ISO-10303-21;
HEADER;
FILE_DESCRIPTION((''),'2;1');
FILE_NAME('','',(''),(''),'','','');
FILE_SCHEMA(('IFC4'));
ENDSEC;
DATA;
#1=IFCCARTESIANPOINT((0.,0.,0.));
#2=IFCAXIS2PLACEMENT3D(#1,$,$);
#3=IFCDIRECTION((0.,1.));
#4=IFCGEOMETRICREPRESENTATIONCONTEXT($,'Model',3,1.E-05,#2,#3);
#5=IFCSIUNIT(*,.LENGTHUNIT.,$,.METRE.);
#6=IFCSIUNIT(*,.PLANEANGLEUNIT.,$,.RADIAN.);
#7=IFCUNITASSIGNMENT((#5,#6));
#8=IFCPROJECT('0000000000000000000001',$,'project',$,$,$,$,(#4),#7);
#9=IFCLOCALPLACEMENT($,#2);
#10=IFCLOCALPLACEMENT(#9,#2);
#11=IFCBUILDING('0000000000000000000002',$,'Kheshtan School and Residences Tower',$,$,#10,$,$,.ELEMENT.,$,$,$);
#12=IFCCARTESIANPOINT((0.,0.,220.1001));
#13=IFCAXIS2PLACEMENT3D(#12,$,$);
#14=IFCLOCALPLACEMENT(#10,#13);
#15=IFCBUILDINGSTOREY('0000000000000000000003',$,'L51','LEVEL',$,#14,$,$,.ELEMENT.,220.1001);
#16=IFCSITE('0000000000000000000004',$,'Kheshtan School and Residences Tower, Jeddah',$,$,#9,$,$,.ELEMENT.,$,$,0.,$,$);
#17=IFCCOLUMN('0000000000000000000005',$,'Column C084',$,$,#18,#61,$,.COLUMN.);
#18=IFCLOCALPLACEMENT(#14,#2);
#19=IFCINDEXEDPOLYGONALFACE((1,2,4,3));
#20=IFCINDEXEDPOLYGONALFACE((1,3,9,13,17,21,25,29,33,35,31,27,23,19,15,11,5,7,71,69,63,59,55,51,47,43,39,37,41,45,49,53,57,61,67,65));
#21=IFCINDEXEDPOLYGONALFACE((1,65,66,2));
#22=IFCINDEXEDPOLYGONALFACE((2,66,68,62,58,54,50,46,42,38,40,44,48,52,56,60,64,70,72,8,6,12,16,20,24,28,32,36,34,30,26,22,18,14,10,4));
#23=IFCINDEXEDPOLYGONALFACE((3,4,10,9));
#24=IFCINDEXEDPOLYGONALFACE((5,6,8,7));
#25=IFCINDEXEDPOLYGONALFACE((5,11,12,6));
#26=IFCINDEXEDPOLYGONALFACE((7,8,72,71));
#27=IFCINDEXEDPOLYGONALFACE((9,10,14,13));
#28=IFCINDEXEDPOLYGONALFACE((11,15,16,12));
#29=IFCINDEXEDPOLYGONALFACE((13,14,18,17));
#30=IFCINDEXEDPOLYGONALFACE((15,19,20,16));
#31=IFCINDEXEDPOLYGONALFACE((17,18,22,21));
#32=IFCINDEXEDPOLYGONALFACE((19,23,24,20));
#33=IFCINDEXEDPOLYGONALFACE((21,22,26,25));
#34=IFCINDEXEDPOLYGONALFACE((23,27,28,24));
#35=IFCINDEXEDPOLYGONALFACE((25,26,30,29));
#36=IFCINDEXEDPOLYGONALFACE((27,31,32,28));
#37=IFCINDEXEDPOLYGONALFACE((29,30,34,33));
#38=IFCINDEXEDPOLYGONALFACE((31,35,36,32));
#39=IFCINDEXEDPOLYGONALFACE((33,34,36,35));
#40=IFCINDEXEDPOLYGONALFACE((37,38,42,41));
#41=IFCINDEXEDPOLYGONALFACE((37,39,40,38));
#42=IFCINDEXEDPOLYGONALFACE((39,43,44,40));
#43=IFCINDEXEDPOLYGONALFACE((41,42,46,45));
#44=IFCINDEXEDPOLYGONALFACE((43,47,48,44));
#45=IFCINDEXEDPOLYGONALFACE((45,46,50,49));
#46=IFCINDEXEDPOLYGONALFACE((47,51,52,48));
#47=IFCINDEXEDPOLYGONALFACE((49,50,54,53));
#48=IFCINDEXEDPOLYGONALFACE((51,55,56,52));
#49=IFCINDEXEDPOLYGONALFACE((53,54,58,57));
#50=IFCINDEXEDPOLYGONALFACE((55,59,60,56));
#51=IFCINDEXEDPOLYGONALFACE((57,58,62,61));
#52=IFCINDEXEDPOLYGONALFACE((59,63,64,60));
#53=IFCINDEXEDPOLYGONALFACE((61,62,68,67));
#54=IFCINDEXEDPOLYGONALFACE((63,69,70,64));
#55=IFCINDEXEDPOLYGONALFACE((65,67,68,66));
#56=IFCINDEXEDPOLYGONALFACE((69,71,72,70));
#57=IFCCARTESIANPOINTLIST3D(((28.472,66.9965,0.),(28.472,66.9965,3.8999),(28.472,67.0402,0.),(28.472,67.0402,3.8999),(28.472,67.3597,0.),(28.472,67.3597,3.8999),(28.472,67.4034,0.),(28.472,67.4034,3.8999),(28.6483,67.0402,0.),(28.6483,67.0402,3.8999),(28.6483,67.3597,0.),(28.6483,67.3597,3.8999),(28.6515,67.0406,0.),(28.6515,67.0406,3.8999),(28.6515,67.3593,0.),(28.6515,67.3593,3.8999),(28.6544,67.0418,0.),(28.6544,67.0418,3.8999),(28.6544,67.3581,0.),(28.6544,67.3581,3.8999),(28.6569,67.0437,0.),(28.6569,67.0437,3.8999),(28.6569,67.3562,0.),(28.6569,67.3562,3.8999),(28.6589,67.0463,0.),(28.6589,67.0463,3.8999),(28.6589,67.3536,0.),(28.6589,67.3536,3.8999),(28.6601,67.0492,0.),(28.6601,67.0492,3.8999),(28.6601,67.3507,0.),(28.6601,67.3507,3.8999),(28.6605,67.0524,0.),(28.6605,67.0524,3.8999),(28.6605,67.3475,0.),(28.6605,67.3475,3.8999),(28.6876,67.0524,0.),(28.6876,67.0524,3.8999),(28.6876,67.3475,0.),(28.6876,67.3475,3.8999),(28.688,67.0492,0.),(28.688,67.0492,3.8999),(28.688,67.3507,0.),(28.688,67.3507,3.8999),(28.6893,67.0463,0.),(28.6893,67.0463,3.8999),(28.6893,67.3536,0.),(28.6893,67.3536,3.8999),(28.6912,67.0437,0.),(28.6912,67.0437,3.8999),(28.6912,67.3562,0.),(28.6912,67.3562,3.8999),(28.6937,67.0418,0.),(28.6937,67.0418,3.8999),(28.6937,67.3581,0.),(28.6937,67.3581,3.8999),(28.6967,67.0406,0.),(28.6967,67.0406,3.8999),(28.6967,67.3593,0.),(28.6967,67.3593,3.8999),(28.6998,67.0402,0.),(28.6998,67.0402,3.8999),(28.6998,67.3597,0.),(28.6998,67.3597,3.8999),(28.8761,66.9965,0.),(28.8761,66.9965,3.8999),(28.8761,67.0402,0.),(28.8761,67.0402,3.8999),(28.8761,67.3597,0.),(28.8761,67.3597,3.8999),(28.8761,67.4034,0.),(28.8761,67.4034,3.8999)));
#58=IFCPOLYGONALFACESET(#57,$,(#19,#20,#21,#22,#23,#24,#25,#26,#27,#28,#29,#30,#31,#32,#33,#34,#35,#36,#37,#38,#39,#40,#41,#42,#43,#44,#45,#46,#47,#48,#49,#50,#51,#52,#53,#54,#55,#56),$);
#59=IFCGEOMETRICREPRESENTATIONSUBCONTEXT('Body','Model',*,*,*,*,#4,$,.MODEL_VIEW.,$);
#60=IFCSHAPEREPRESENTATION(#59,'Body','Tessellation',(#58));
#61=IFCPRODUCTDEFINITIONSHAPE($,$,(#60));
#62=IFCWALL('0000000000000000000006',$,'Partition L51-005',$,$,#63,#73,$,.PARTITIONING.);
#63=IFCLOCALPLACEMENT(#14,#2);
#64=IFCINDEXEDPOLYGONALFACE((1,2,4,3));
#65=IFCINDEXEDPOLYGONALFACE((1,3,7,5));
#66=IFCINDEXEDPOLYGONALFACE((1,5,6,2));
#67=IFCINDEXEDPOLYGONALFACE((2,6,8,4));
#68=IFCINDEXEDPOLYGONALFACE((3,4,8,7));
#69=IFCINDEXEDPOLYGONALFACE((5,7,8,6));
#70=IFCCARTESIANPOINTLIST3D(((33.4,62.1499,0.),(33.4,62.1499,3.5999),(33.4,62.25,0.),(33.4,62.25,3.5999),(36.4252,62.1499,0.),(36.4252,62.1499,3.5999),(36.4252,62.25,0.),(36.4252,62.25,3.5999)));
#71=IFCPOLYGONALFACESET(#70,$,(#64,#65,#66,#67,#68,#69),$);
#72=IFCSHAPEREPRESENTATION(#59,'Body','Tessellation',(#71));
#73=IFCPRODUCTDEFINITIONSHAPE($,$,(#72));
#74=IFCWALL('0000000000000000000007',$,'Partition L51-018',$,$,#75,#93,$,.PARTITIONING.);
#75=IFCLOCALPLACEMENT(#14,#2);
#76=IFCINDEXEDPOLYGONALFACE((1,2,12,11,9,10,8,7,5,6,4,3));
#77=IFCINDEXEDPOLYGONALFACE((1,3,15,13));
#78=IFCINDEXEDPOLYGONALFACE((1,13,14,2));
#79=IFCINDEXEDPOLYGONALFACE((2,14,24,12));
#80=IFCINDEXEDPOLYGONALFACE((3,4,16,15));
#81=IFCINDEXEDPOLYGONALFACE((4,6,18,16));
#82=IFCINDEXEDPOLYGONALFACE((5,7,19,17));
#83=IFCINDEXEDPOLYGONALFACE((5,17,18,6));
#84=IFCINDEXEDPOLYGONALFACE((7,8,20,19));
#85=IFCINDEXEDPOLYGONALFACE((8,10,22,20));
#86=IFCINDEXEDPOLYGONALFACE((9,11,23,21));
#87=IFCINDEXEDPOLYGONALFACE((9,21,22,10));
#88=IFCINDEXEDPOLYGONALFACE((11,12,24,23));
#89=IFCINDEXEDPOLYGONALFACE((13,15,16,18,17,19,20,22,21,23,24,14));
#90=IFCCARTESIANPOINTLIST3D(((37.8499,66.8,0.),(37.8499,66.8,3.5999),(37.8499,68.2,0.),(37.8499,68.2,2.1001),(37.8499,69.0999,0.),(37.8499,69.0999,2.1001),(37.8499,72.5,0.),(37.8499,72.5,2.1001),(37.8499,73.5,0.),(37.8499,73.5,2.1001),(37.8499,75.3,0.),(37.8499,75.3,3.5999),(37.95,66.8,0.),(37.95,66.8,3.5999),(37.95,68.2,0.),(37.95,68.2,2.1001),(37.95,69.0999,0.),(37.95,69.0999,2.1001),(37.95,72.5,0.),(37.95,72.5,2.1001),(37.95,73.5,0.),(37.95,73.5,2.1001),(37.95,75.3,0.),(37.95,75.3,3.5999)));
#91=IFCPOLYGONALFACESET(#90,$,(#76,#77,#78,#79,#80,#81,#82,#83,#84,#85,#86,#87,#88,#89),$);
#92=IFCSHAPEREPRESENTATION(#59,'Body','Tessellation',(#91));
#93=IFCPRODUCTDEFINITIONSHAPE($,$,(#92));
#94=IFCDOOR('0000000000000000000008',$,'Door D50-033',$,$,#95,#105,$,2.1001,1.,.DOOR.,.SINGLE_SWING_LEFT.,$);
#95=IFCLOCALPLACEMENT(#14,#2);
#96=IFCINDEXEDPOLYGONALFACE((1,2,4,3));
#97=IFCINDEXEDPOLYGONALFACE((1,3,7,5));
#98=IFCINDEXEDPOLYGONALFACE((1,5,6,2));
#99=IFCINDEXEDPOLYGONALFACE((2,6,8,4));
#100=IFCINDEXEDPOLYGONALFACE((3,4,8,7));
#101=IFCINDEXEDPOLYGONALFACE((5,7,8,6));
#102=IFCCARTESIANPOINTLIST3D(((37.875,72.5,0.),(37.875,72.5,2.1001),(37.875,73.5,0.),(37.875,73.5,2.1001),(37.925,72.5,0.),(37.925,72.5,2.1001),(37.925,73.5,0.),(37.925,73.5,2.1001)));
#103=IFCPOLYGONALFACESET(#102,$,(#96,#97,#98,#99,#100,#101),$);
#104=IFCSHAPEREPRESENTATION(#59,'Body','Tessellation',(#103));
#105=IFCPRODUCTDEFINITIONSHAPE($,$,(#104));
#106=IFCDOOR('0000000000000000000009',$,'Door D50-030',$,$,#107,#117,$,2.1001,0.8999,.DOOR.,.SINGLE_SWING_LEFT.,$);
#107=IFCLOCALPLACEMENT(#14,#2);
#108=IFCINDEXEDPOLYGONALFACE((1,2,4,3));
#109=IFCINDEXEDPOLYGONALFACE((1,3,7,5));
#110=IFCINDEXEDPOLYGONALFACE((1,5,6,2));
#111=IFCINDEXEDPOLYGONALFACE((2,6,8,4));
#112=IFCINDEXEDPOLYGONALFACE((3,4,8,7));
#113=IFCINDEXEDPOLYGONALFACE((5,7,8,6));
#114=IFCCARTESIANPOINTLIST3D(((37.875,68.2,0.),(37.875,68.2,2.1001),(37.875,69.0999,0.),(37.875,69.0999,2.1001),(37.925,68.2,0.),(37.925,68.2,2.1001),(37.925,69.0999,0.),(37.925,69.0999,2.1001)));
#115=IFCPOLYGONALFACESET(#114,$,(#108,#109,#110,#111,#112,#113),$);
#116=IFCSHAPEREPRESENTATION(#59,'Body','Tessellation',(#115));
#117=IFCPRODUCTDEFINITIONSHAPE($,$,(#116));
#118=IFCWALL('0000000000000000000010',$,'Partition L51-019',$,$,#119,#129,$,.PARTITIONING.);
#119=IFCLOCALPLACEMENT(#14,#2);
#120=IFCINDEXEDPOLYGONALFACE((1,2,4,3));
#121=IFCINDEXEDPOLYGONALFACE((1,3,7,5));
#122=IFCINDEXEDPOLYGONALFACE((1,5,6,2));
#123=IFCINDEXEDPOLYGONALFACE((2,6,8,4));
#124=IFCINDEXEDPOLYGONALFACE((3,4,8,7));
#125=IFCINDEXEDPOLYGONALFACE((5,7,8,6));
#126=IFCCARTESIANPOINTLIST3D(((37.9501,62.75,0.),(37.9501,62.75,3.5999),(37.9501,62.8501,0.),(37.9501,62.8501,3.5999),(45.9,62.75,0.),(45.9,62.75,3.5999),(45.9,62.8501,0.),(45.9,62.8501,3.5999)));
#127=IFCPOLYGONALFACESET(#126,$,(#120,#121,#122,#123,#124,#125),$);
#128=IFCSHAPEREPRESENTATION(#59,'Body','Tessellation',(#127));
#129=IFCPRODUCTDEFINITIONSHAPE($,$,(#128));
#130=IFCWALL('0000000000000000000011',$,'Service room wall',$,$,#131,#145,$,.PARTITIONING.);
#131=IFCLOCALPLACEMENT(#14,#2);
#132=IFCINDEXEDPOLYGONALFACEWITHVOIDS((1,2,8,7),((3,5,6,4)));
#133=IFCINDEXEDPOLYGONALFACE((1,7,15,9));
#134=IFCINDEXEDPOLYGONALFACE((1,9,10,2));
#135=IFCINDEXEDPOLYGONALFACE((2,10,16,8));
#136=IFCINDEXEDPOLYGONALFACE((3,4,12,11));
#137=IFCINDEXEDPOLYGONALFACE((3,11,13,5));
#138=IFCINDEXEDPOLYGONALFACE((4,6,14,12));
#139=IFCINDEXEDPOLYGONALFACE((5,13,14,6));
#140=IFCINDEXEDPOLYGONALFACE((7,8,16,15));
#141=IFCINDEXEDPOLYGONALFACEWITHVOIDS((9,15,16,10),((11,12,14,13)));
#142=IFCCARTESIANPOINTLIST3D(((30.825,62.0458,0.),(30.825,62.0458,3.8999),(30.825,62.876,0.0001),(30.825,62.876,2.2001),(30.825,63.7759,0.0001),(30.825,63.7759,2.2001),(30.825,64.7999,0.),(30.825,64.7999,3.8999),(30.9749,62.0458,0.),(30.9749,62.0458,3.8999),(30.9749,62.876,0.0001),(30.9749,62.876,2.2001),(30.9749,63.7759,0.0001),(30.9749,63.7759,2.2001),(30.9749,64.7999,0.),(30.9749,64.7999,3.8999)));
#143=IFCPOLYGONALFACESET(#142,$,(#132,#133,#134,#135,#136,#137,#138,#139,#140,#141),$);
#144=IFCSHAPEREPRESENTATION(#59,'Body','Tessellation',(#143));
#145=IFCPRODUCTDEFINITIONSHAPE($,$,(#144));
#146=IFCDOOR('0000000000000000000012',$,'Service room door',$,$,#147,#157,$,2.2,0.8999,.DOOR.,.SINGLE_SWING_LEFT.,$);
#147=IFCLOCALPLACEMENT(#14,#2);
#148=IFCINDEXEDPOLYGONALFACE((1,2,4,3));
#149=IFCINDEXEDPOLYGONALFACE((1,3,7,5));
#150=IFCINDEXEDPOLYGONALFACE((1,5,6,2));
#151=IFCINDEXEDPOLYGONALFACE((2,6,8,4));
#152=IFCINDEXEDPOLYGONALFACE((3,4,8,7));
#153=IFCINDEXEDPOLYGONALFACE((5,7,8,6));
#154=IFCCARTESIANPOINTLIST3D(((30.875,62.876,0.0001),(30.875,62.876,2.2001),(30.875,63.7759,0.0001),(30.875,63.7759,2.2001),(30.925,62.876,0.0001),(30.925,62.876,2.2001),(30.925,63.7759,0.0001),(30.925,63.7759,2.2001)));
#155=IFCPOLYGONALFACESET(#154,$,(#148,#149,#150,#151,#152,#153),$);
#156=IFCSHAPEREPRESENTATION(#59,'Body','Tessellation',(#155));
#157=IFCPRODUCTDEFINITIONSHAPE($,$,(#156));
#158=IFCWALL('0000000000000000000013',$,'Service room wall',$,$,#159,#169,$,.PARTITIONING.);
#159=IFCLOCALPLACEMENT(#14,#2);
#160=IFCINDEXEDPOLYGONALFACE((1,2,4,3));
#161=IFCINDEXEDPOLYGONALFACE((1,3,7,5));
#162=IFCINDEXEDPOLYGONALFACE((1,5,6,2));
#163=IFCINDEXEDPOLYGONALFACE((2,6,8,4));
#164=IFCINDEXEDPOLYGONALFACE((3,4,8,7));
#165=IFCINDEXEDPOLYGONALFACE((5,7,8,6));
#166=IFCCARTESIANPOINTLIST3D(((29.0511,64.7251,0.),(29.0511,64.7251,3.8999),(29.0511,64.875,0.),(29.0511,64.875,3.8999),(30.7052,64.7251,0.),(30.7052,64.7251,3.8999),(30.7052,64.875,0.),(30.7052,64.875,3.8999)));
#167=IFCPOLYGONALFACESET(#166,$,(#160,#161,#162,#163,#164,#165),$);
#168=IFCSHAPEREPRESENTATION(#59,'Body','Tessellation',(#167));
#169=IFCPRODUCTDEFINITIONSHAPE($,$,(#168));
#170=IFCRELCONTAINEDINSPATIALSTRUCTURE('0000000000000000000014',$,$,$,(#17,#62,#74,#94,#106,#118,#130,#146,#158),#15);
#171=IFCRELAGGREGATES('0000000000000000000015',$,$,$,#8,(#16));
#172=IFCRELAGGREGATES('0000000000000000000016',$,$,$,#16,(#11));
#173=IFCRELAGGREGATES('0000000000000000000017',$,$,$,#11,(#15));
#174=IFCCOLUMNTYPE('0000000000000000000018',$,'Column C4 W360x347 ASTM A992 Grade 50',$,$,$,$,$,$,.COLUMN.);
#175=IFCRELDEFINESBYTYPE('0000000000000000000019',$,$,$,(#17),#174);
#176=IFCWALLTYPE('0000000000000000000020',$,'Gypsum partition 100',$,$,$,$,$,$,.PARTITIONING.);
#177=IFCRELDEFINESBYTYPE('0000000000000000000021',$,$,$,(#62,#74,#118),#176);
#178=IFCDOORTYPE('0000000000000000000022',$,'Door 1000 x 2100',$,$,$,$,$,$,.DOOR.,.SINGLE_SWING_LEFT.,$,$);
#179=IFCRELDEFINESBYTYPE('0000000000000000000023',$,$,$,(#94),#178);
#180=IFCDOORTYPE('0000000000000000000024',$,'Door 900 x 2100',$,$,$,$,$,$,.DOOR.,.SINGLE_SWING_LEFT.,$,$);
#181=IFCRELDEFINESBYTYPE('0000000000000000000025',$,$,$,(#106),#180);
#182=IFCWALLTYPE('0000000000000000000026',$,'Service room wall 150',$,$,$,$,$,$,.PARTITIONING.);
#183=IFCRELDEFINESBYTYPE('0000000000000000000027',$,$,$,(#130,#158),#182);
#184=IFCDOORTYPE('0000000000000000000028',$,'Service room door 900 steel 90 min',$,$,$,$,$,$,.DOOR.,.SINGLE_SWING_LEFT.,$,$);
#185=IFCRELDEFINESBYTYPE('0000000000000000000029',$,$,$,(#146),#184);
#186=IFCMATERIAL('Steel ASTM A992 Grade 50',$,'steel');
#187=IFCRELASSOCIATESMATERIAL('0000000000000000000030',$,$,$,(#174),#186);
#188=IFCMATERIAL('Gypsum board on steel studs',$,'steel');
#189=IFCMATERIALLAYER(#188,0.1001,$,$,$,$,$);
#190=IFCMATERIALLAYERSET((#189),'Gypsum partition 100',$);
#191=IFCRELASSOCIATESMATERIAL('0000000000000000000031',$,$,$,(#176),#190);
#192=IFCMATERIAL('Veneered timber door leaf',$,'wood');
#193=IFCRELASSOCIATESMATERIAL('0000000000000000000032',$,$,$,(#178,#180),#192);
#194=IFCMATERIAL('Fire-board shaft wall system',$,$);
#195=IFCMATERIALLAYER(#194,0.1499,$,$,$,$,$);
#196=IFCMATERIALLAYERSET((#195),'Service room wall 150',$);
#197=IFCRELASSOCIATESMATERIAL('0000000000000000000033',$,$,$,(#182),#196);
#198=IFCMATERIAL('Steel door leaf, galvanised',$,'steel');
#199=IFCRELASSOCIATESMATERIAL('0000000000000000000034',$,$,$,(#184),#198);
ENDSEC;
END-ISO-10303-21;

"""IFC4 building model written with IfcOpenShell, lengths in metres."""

from ifc_helpers import new_model, si_unit, direction, frame, frame_2d, origin, origin_2d, place, context, subcontext, project, spatial, rectangle, i_section, extrude, source, transform, mapped, material, layer, layer_set, material_profile, profile_set, type_object, element, fill, save


model = new_model("IFC4")

# Units and contexts
model_context = context("Model", 3, precision=1e-05, world=origin(), true_north=direction((0.0, 1.0)))
body_context = subcontext(model_context, "Body", "Model", "MODEL_VIEW")
ifc_project = project(units=[si_unit("LENGTHUNIT", "METRE"), si_unit("PLANEANGLEUNIT", "RADIAN")], contexts=[model_context])

# Site, building, storey
site_placement = place(None, origin())
site = spatial("IfcSite", under=ifc_project, at=site_placement, Name="Kheshtan School and Residences Tower, Jeddah", CompositionType="ELEMENT", RefElevation=0.0)
building_placement = place(site_placement, origin())
building = spatial("IfcBuilding", under=site, at=building_placement, Name="Kheshtan School and Residences Tower", CompositionType="ELEMENT")
storey_placement = place(building_placement, frame((0.0, 0.0, 220.1001)))
storey = spatial("IfcBuildingStorey", under=building, at=storey_placement, Name="L51", Description="LEVEL", CompositionType="ELEMENT", Elevation=220.1001)

# Column
ifc_material_1 = material(Name="Steel ASTM A992 Grade 50", Category="steel")
ifc_material_profile = material_profile(ifc_material_1, i_section(OverallWidth=0.4041, OverallDepth=0.407, WebThickness=0.0271, FlangeThickness=0.0437, FilletRadius=0.0122, at=origin_2d()), Name="W360x347")
ifc_profile_set = profile_set([ifc_material_profile], Name="Steel ASTM A992 Grade 50")
column_type = type_object("IfcColumnType", Name="Column C4 W360x347 ASTM A992 Grade 50", PredefinedType="COLUMN", material=ifc_profile_set)
column_placement = place(storey_placement, frame((28.6741, 67.2, 0.0), z_axis=(0.0, 0.0, 1.0), x_axis=(1.0, 0.0, 0.0)))
element("IfcColumn", 1, at=column_placement, inside=storey, type_object=column_type, Name="Column C084", PredefinedType="COLUMN", context=body_context, shape_type="SweptSolid", body=[
    extrude(i_section(OverallWidth=0.4041, OverallDepth=0.407, WebThickness=0.0271, FlangeThickness=0.0437, FilletRadius=0.0122, at=origin_2d()), origin(), (0.0, 0.0, 1.0), 3.8999),
])

# Wall
ifc_material_2 = material(Name="Gypsum board on steel studs", Category="steel")
ifc_layer_1 = layer(ifc_material_2, 0.1001)
ifc_layer_set_1 = layer_set([ifc_layer_1], Name="Gypsum partition 100")
wall_type_1 = type_object("IfcWallType", Name="Gypsum partition 100", PredefinedType="PARTITIONING", material=ifc_layer_set_1)
wall_1_placement = place(storey_placement, frame((33.3999, 62.2, 0.0), z_axis=(0.0, 0.0, 1.0), x_axis=(1.0, 0.0, 0.0)))
element("IfcWall", 2, at=wall_1_placement, inside=storey, type_object=wall_type_1, Name="Partition L51-005", PredefinedType="PARTITIONING", context=body_context, shape_type="SweptSolid", body=[
    extrude(rectangle(XDim=3.0251, YDim=0.1001, at=frame_2d((1.5127, 0.0))), origin(), (0.0, 0.0, 1.0), 3.5999),
])

# Wall, openings, doors
wall_2_placement = place(storey_placement, frame((37.8999, 66.8, 0.0), z_axis=(0.0, 0.0, 1.0), x_axis=(0.0, 1.0, 0.0)))
wall_2 = element("IfcWall", 3, at=wall_2_placement, inside=storey, type_object=wall_type_1, Name="Partition L51-018", PredefinedType="PARTITIONING", context=body_context, shape_type="SweptSolid", body=[
    extrude(rectangle(XDim=8.5, YDim=0.1001, at=frame_2d((4.25, 0.0))), origin(), (0.0, 0.0, 1.0), 3.5999),
])
opening_1_placement = place(wall_2_placement, frame((1.3999, 0.0, 0.0)))
opening_1 = element("IfcOpeningElement", 4, at=opening_1_placement, cuts=wall_2, PredefinedType="OPENING", context=body_context, shape_type="SweptSolid", body=[
    extrude(rectangle(XDim=0.8999, YDim=2.1001, at=frame_2d((0.45, 1.05))), frame((0.0, 0.0601, 0.0), z_axis=(0.0, -1.0, 0.0), x_axis=(1.0, 0.0, 0.0)), (0.0, 0.0, 1.0), 0.1201),
])
opening_2_placement = place(wall_2_placement, frame((5.7, 0.0, 0.0)))
opening_2 = element("IfcOpeningElement", 5, at=opening_2_placement, cuts=wall_2, PredefinedType="OPENING", context=body_context, shape_type="SweptSolid", body=[
    extrude(rectangle(XDim=1.0, YDim=2.1001, at=frame_2d((0.5, 1.05))), frame((0.0, 0.0601, 0.0), z_axis=(0.0, -1.0, 0.0), x_axis=(1.0, 0.0, 0.0)), (0.0, 0.0, 1.0), 0.1201),
])
ifc_material_3 = material(Name="Veneered timber door leaf", Category="wood")
door_type_1 = type_object("IfcDoorType", Name="Door 1000 x 2100", OperationType="SINGLE_SWING_LEFT", PredefinedType="DOOR", material=ifc_material_3)
shared_shape_1 = source(origin(), body_context, "Body", "SweptSolid", [
    extrude(rectangle(XDim=1.0, YDim=2.1001, at=frame_2d((0.5, 1.05))), frame((0.0, 0.0249, 0.0), z_axis=(0.0, -1.0, 0.0), x_axis=(1.0, 0.0, 0.0)), (0.0, 0.0, 1.0), 0.05),
])
door_1_placement = place(opening_2_placement, origin())
door_1 = element("IfcDoor", 6, at=door_1_placement, inside=storey, type_object=door_type_1, Name="Door D50-033", OperationType="SINGLE_SWING_LEFT", OverallHeight=2.1001, OverallWidth=1.0, PredefinedType="DOOR", context=body_context, shape_type="MappedRepresentation", body=[
    mapped(shared_shape_1, transform((0.0, 0.0, 0.0), x_axis=(1.0, 0.0, 0.0), y_axis=(0.0, 1.0, 0.0), z_axis=(0.0, 0.0, 1.0), scale=1.0)),
])
fill(opening_2, door_1)
door_type_2 = type_object("IfcDoorType", Name="Door 900 x 2100", OperationType="SINGLE_SWING_LEFT", PredefinedType="DOOR", material=ifc_material_3)
shared_shape_2 = source(origin(), body_context, "Body", "SweptSolid", [
    extrude(rectangle(XDim=0.8999, YDim=2.1001, at=frame_2d((0.45, 1.05))), frame((0.0, 0.0249, 0.0), z_axis=(0.0, -1.0, 0.0), x_axis=(1.0, 0.0, 0.0)), (0.0, 0.0, 1.0), 0.05),
])
door_2_placement = place(opening_1_placement, origin())
door_2 = element("IfcDoor", 7, at=door_2_placement, inside=storey, type_object=door_type_2, Name="Door D50-030", OperationType="SINGLE_SWING_LEFT", OverallHeight=2.1001, OverallWidth=0.8999, PredefinedType="DOOR", context=body_context, shape_type="MappedRepresentation", body=[
    mapped(shared_shape_2, transform((0.0, 0.0, 0.0), x_axis=(1.0, 0.0, 0.0), y_axis=(0.0, 1.0, 0.0), z_axis=(0.0, 0.0, 1.0), scale=1.0)),
])
fill(opening_1, door_2)

# Wall
wall_3_placement = place(storey_placement, frame((37.95, 62.8, 0.0), z_axis=(0.0, 0.0, 1.0), x_axis=(1.0, 0.0, 0.0)))
element("IfcWall", 8, at=wall_3_placement, inside=storey, type_object=wall_type_1, Name="Partition L51-019", PredefinedType="PARTITIONING", context=body_context, shape_type="SweptSolid", body=[
    extrude(rectangle(XDim=7.95, YDim=0.1001, at=frame_2d((3.9751, 0.0))), origin(), (0.0, 0.0, 1.0), 3.5999),
])

# Wall, opening, door
ifc_material_4 = material(Name="Fire-board shaft wall system")
ifc_layer_2 = layer(ifc_material_4, 0.1499)
ifc_layer_set_2 = layer_set([ifc_layer_2], Name="Service room wall 150")
wall_type_2 = type_object("IfcWallType", Name="Service room wall 150", PredefinedType="PARTITIONING", material=ifc_layer_set_2)
wall_4_placement = place(storey_placement, frame((30.8999, 62.0459, 0.0), z_axis=(0.0, 0.0, 1.0), x_axis=(0.0, 1.0, 0.0)))
wall_4 = element("IfcWall", 9, at=wall_4_placement, inside=storey, type_object=wall_type_2, Name="Service room wall", PredefinedType="PARTITIONING", context=body_context, shape_type="SweptSolid", body=[
    extrude(rectangle(XDim=2.7542, YDim=0.1499, at=frame_2d((1.377, 0.0))), origin(), (0.0, 0.0, 1.0), 3.8999),
])
opening_3_placement = place(wall_4_placement, frame((0.8301, 0.0, 0.0)))
opening_3 = element("IfcOpeningElement", 10, at=opening_3_placement, cuts=wall_4, PredefinedType="OPENING", context=body_context, shape_type="SweptSolid", body=[
    extrude(rectangle(XDim=0.8999, YDim=2.2, at=frame_2d((0.45, 1.1001))), frame((0.0, 0.085, 0.0), z_axis=(0.0, -1.0, 0.0), x_axis=(1.0, 0.0, 0.0)), (0.0, 0.0, 1.0), 0.1699),
])
ifc_material_5 = material(Name="Steel door leaf, galvanised", Category="steel")
door_type_3 = type_object("IfcDoorType", Name="Service room door 900 steel 90 min", OperationType="SINGLE_SWING_LEFT", PredefinedType="DOOR", material=ifc_material_5)
shared_shape_3 = source(origin(), body_context, "Body", "SweptSolid", [
    extrude(rectangle(XDim=0.8999, YDim=2.2, at=frame_2d((0.45, 1.1001))), frame((0.0, 0.0249, 0.0), z_axis=(0.0, -1.0, 0.0), x_axis=(1.0, 0.0, 0.0)), (0.0, 0.0, 1.0), 0.05),
])
door_3_placement = place(opening_3_placement, origin())
door_3 = element("IfcDoor", 11, at=door_3_placement, inside=storey, type_object=door_type_3, Name="Service room door", OperationType="SINGLE_SWING_LEFT", OverallHeight=2.2, OverallWidth=0.8999, PredefinedType="DOOR", context=body_context, shape_type="MappedRepresentation", body=[
    mapped(shared_shape_3, transform((0.0, 0.0, 0.0), x_axis=(1.0, 0.0, 0.0), y_axis=(0.0, 1.0, 0.0), z_axis=(0.0, 0.0, 1.0), scale=1.0)),
])
fill(opening_3, door_3)

# Wall
wall_5_placement = place(storey_placement, frame((29.051, 64.8, 0.0), z_axis=(0.0, 0.0, 1.0), x_axis=(1.0, 0.0, 0.0)))
element("IfcWall", 12, at=wall_5_placement, inside=storey, type_object=wall_type_2, Name="Service room wall", PredefinedType="PARTITIONING", context=body_context, shape_type="SweptSolid", body=[
    extrude(rectangle(XDim=1.6541, YDim=0.1499, at=frame_2d((0.8271, 0.0))), origin(), (0.0, 0.0, 1.0), 3.8999),
])

save(model, "model.ifc")
